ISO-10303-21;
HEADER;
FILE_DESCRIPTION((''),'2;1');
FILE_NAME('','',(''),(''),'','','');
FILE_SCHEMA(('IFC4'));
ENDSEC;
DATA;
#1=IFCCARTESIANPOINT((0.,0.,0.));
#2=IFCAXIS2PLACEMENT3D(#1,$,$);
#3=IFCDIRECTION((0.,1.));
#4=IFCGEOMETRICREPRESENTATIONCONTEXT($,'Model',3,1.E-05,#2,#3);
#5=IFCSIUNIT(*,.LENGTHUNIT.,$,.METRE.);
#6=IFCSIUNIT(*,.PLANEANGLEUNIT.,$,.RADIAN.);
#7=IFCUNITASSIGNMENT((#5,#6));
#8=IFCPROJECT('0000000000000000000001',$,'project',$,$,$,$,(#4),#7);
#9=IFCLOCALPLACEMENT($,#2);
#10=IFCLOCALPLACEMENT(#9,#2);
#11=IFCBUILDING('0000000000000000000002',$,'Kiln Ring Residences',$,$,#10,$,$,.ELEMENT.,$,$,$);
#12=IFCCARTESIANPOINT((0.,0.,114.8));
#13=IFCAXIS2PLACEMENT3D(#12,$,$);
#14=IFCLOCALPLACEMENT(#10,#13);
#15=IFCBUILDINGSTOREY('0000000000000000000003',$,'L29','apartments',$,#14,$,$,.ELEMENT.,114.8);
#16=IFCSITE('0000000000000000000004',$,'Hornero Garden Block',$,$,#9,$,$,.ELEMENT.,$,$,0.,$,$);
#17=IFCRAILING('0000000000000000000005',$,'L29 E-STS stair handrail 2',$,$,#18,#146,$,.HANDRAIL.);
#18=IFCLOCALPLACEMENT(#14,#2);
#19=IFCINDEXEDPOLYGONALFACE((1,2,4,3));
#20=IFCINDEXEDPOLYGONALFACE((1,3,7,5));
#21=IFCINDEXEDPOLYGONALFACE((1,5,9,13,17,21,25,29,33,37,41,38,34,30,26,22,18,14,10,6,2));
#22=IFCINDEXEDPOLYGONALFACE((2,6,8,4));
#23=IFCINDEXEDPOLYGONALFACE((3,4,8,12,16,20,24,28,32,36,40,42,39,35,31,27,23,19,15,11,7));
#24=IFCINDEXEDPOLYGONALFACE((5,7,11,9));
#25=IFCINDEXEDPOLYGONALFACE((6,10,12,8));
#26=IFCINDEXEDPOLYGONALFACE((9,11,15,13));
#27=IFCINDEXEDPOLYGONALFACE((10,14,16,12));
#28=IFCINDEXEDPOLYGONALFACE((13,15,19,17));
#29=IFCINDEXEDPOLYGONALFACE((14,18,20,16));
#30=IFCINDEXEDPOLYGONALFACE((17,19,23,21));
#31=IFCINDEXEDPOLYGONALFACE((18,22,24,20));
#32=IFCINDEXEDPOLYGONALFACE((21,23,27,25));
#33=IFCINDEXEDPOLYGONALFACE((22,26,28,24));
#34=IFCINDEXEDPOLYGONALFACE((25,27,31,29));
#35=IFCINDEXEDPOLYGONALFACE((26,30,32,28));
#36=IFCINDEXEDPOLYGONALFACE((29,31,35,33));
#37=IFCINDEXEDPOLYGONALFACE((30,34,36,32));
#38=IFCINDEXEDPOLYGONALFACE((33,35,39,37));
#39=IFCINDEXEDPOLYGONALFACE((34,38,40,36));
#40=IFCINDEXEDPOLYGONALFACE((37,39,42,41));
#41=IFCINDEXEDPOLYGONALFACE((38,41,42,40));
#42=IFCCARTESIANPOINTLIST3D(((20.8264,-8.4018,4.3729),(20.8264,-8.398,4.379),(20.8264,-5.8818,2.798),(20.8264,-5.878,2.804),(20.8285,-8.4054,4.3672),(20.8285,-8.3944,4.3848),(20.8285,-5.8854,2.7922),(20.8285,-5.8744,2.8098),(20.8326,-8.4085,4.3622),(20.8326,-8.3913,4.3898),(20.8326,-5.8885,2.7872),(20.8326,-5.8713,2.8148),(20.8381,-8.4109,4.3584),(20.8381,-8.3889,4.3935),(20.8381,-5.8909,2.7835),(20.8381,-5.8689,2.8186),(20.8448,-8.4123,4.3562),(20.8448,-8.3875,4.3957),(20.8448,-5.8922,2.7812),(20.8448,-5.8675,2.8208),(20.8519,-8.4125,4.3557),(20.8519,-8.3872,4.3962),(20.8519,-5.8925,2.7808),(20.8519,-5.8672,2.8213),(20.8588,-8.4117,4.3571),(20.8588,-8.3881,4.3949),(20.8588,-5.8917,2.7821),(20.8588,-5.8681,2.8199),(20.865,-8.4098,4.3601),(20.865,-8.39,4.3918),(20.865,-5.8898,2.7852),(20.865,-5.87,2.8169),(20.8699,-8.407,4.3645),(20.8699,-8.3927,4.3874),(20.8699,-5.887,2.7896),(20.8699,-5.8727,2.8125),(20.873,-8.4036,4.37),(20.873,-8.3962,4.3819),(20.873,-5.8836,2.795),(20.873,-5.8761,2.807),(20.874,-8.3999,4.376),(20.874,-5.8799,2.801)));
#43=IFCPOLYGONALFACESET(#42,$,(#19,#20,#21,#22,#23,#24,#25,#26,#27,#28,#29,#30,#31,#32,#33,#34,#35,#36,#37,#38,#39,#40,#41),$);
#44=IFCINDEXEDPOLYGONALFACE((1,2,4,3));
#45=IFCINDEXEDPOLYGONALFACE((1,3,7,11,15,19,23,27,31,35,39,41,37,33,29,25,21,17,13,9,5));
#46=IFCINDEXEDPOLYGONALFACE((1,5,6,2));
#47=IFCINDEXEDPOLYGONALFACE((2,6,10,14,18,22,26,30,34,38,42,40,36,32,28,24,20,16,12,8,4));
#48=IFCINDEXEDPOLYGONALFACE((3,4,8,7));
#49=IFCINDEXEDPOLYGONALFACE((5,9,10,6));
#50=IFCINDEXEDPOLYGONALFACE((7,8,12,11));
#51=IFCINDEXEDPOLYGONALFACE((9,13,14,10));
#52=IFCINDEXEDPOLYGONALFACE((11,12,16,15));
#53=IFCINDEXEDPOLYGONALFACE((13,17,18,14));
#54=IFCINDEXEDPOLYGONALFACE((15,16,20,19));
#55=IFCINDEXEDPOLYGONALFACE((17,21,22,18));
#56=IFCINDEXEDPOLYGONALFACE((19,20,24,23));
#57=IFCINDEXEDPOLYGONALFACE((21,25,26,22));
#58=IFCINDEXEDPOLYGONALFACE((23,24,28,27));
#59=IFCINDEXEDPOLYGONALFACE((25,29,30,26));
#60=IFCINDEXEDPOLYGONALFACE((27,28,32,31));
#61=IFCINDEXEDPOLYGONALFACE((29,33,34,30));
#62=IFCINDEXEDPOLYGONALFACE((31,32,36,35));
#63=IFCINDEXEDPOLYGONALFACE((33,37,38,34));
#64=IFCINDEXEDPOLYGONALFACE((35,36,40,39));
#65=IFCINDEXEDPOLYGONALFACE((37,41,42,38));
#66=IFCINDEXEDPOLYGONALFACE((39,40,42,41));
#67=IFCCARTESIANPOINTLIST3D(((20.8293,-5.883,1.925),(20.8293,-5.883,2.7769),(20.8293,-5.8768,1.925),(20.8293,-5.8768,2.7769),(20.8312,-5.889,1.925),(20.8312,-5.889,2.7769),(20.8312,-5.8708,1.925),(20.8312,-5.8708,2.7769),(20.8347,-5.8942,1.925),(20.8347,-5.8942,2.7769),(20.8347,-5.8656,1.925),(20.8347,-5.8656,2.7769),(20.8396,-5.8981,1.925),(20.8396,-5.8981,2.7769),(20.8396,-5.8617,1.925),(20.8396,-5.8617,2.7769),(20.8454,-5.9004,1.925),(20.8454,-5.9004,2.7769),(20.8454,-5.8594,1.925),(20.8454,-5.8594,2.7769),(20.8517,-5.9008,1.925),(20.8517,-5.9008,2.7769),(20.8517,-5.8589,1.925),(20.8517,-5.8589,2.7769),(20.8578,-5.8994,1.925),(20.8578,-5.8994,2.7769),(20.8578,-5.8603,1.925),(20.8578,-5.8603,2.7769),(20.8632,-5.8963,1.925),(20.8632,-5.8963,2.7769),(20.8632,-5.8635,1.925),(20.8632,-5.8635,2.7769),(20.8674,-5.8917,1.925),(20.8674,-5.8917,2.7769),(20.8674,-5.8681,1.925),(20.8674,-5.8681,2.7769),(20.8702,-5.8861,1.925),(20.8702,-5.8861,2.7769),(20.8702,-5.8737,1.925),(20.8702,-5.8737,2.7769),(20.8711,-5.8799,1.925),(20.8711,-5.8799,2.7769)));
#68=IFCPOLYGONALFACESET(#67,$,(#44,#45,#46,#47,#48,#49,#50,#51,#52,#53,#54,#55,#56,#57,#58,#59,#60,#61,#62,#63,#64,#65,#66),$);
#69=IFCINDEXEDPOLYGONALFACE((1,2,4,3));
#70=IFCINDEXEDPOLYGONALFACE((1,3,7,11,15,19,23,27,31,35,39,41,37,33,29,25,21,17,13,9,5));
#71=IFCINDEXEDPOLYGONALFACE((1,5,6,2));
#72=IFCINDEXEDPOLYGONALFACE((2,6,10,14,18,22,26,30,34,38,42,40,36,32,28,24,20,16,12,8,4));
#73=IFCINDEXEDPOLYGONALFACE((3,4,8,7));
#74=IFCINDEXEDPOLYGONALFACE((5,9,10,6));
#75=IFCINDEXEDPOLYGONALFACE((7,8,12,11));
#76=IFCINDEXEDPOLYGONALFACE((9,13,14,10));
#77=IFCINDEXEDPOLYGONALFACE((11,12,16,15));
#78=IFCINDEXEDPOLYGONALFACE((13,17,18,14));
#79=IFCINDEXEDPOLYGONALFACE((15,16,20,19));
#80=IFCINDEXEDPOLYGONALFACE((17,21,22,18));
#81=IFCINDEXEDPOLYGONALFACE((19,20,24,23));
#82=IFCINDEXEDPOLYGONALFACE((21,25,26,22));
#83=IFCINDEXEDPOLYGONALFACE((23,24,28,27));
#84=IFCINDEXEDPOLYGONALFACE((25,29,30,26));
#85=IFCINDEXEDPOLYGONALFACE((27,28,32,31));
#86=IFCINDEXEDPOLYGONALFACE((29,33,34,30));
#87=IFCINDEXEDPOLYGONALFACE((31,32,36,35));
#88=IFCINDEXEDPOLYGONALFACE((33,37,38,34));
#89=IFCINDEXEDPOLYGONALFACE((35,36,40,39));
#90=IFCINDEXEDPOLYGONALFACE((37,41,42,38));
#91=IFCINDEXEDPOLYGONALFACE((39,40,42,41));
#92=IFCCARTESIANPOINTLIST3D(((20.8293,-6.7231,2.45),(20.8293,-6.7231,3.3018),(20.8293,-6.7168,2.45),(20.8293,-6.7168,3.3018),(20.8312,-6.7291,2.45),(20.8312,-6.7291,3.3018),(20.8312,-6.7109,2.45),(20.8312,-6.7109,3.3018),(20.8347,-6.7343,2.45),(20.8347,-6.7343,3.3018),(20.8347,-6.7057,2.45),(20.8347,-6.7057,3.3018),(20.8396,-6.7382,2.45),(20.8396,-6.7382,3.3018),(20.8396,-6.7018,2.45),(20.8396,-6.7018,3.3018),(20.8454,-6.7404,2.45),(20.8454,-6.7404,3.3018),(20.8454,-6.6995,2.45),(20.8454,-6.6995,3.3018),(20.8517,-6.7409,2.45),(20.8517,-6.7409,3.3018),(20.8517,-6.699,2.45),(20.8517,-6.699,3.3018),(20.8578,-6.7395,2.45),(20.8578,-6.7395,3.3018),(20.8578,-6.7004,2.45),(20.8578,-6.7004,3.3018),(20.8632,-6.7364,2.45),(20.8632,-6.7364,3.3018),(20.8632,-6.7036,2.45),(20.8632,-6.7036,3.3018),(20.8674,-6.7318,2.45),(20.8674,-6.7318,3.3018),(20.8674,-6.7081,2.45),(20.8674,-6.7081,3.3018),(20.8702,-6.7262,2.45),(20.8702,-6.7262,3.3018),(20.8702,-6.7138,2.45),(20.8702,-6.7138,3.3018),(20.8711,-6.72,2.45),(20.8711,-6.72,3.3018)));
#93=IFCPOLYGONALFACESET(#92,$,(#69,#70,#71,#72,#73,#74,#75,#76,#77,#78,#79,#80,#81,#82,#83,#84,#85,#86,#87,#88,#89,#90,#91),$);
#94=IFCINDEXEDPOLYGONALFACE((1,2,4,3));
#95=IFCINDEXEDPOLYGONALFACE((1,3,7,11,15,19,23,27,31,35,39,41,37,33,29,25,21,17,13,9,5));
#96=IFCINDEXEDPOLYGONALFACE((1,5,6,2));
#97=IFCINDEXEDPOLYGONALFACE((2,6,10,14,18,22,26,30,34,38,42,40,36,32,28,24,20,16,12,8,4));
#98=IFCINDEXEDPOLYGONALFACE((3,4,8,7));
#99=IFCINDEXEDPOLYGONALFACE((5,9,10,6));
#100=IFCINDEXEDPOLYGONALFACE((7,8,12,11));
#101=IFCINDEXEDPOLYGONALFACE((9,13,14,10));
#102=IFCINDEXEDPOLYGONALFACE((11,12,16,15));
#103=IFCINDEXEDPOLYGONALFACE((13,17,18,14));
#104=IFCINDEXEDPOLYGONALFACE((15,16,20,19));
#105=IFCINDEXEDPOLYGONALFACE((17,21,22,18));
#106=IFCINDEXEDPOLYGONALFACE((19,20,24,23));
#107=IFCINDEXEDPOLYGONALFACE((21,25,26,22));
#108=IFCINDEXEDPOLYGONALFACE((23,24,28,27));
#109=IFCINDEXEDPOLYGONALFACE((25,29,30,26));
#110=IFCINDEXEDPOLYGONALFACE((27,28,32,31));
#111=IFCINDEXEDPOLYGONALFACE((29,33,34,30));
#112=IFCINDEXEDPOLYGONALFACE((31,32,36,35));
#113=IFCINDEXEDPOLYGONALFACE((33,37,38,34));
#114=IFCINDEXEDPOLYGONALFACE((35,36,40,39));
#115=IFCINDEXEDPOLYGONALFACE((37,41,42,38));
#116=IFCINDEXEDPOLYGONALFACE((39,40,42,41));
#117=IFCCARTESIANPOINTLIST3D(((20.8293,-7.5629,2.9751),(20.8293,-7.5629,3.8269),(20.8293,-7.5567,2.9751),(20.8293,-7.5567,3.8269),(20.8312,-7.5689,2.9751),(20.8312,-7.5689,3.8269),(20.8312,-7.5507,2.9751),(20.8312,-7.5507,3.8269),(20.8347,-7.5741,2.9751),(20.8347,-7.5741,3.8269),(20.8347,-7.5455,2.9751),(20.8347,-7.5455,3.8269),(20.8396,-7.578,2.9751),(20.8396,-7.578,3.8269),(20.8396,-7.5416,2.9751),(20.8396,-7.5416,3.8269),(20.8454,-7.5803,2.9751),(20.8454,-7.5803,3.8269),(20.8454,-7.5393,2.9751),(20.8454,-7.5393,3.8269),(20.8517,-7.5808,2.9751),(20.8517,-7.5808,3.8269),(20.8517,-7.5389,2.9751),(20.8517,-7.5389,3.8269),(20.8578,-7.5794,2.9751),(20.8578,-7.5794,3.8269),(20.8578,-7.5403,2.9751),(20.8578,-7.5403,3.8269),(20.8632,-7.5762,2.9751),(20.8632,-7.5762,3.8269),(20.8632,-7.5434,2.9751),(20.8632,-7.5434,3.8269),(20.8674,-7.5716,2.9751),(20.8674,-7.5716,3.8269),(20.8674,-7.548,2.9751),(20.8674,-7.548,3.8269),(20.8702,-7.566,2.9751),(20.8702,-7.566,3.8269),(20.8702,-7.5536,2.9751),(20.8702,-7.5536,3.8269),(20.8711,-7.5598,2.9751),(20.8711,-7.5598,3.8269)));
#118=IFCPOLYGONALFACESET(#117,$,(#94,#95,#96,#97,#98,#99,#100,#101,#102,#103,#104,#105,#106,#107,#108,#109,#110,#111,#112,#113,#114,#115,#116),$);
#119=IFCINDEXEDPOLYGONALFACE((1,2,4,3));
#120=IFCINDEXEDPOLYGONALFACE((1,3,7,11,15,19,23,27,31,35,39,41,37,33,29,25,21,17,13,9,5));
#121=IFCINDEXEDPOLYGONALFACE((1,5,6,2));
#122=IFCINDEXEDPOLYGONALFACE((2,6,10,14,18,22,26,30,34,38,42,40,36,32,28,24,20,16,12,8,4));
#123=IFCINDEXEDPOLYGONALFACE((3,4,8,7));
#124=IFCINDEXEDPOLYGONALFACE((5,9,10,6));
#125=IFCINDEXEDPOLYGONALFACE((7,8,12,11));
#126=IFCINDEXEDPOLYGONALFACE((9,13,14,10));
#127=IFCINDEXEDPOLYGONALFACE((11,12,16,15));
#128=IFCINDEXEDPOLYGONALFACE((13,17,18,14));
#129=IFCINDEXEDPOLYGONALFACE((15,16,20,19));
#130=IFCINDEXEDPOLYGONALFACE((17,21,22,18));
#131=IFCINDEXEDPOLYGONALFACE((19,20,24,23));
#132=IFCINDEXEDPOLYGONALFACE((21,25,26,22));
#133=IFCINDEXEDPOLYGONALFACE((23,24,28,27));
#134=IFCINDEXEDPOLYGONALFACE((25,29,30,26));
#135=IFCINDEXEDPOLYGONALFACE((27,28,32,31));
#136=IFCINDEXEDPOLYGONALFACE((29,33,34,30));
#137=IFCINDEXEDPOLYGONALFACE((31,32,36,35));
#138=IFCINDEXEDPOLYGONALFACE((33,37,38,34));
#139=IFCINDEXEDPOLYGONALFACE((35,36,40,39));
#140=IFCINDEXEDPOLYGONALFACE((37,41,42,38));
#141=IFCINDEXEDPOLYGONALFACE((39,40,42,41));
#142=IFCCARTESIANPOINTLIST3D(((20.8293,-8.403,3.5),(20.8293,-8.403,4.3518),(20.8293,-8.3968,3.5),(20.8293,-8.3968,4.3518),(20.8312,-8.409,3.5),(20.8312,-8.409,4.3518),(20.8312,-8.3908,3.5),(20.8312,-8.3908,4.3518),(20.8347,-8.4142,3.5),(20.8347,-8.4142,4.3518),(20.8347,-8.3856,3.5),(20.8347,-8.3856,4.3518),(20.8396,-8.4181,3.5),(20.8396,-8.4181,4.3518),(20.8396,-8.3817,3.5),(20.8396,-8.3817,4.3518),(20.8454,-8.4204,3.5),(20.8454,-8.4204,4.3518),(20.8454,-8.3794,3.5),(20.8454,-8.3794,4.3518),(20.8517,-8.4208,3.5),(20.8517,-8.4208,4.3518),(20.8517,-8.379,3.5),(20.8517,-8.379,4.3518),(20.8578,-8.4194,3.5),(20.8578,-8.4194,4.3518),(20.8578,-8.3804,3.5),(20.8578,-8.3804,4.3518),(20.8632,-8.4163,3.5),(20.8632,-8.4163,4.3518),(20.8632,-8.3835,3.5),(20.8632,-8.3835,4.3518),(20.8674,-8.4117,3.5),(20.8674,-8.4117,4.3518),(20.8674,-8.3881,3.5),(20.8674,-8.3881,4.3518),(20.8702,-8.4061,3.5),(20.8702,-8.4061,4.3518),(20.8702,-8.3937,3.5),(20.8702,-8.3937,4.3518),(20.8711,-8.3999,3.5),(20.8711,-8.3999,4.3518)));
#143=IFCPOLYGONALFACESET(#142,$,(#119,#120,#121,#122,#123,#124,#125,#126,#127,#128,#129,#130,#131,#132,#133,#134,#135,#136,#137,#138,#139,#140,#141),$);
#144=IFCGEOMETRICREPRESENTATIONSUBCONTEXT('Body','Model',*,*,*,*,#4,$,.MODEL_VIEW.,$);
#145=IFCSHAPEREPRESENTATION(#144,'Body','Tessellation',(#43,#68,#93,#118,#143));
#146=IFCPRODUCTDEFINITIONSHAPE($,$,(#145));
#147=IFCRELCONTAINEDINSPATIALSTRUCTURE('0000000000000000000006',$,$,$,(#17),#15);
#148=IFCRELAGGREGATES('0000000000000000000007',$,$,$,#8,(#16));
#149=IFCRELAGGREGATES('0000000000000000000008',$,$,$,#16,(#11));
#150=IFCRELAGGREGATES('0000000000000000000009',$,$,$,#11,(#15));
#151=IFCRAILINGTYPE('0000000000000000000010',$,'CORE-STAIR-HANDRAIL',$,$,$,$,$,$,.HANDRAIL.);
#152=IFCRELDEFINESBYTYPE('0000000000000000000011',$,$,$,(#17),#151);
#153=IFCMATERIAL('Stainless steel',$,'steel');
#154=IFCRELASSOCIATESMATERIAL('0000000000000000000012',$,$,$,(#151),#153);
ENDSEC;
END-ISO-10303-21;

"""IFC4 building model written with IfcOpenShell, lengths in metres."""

from ifc_helpers import new_model, si_unit, direction, frame, origin, origin_2d, place, context, subcontext, project, spatial, circle, extrude, material, type_object, element, save


model = new_model("IFC4")

# Units and contexts
model_context = context("Model", 3, precision=1e-05, world=origin(), true_north=direction((0.0, 1.0)))
body_context = subcontext(model_context, "Body", "Model", "MODEL_VIEW")
ifc_project = project(units=[si_unit("LENGTHUNIT", "METRE"), si_unit("PLANEANGLEUNIT", "RADIAN")], contexts=[model_context])

# Site, building, storey
site_placement = place(None, origin())
site = spatial("IfcSite", under=ifc_project, at=site_placement, Name="Hornero Garden Block", CompositionType="ELEMENT", RefElevation=0.0)
building_placement = place(site_placement, origin())
building = spatial("IfcBuilding", under=site, at=building_placement, Name="Kiln Ring Residences", CompositionType="ELEMENT")
storey_placement = place(building_placement, frame((0.0, 0.0, 114.8)))
storey = spatial("IfcBuildingStorey", under=building, at=storey_placement, Name="L29", Description="apartments", CompositionType="ELEMENT", Elevation=114.8)

# Railing
ifc_material_1 = material(Name="Stainless steel", Category="steel")
railing_type_1 = type_object("IfcRailingType", Name="CORE-STAIR-HANDRAIL", PredefinedType="HANDRAIL", material=ifc_material_1)
railing_1_placement = place(storey_placement, frame((20.8501, -5.8799, 1.925)))
element("IfcRailing", 1, at=railing_1_placement, inside=storey, type_object=railing_type_1, Name="L29 E-STS stair handrail 2", PredefinedType="HANDRAIL", context=body_context, shape_type="SweptSolid", body=[
    extrude(circle(Radius=0.0239, at=origin_2d()), frame((0.0, 0.0, 0.876), z_axis=(0.0, -0.848008, 0.529984), x_axis=(1.0, 0.0, 0.0)), (0.0, 0.0, 1.0), 2.9717),
    extrude(circle(Radius=0.021, at=origin_2d()), origin(), (0.0, 0.0, 1.0), 0.8518),
    extrude(circle(Radius=0.021, at=origin_2d()), frame((0.0, -0.8401, 0.5249)), (0.0, 0.0, 1.0), 0.8518),
    extrude(circle(Radius=0.021, at=origin_2d()), frame((0.0, -1.6799, 1.05)), (0.0, 0.0, 1.0), 0.8518),
    extrude(circle(Radius=0.021, at=origin_2d()), frame((0.0, -2.52, 1.575)), (0.0, 0.0, 1.0), 0.8518),
])

save(model, "model.ifc")
